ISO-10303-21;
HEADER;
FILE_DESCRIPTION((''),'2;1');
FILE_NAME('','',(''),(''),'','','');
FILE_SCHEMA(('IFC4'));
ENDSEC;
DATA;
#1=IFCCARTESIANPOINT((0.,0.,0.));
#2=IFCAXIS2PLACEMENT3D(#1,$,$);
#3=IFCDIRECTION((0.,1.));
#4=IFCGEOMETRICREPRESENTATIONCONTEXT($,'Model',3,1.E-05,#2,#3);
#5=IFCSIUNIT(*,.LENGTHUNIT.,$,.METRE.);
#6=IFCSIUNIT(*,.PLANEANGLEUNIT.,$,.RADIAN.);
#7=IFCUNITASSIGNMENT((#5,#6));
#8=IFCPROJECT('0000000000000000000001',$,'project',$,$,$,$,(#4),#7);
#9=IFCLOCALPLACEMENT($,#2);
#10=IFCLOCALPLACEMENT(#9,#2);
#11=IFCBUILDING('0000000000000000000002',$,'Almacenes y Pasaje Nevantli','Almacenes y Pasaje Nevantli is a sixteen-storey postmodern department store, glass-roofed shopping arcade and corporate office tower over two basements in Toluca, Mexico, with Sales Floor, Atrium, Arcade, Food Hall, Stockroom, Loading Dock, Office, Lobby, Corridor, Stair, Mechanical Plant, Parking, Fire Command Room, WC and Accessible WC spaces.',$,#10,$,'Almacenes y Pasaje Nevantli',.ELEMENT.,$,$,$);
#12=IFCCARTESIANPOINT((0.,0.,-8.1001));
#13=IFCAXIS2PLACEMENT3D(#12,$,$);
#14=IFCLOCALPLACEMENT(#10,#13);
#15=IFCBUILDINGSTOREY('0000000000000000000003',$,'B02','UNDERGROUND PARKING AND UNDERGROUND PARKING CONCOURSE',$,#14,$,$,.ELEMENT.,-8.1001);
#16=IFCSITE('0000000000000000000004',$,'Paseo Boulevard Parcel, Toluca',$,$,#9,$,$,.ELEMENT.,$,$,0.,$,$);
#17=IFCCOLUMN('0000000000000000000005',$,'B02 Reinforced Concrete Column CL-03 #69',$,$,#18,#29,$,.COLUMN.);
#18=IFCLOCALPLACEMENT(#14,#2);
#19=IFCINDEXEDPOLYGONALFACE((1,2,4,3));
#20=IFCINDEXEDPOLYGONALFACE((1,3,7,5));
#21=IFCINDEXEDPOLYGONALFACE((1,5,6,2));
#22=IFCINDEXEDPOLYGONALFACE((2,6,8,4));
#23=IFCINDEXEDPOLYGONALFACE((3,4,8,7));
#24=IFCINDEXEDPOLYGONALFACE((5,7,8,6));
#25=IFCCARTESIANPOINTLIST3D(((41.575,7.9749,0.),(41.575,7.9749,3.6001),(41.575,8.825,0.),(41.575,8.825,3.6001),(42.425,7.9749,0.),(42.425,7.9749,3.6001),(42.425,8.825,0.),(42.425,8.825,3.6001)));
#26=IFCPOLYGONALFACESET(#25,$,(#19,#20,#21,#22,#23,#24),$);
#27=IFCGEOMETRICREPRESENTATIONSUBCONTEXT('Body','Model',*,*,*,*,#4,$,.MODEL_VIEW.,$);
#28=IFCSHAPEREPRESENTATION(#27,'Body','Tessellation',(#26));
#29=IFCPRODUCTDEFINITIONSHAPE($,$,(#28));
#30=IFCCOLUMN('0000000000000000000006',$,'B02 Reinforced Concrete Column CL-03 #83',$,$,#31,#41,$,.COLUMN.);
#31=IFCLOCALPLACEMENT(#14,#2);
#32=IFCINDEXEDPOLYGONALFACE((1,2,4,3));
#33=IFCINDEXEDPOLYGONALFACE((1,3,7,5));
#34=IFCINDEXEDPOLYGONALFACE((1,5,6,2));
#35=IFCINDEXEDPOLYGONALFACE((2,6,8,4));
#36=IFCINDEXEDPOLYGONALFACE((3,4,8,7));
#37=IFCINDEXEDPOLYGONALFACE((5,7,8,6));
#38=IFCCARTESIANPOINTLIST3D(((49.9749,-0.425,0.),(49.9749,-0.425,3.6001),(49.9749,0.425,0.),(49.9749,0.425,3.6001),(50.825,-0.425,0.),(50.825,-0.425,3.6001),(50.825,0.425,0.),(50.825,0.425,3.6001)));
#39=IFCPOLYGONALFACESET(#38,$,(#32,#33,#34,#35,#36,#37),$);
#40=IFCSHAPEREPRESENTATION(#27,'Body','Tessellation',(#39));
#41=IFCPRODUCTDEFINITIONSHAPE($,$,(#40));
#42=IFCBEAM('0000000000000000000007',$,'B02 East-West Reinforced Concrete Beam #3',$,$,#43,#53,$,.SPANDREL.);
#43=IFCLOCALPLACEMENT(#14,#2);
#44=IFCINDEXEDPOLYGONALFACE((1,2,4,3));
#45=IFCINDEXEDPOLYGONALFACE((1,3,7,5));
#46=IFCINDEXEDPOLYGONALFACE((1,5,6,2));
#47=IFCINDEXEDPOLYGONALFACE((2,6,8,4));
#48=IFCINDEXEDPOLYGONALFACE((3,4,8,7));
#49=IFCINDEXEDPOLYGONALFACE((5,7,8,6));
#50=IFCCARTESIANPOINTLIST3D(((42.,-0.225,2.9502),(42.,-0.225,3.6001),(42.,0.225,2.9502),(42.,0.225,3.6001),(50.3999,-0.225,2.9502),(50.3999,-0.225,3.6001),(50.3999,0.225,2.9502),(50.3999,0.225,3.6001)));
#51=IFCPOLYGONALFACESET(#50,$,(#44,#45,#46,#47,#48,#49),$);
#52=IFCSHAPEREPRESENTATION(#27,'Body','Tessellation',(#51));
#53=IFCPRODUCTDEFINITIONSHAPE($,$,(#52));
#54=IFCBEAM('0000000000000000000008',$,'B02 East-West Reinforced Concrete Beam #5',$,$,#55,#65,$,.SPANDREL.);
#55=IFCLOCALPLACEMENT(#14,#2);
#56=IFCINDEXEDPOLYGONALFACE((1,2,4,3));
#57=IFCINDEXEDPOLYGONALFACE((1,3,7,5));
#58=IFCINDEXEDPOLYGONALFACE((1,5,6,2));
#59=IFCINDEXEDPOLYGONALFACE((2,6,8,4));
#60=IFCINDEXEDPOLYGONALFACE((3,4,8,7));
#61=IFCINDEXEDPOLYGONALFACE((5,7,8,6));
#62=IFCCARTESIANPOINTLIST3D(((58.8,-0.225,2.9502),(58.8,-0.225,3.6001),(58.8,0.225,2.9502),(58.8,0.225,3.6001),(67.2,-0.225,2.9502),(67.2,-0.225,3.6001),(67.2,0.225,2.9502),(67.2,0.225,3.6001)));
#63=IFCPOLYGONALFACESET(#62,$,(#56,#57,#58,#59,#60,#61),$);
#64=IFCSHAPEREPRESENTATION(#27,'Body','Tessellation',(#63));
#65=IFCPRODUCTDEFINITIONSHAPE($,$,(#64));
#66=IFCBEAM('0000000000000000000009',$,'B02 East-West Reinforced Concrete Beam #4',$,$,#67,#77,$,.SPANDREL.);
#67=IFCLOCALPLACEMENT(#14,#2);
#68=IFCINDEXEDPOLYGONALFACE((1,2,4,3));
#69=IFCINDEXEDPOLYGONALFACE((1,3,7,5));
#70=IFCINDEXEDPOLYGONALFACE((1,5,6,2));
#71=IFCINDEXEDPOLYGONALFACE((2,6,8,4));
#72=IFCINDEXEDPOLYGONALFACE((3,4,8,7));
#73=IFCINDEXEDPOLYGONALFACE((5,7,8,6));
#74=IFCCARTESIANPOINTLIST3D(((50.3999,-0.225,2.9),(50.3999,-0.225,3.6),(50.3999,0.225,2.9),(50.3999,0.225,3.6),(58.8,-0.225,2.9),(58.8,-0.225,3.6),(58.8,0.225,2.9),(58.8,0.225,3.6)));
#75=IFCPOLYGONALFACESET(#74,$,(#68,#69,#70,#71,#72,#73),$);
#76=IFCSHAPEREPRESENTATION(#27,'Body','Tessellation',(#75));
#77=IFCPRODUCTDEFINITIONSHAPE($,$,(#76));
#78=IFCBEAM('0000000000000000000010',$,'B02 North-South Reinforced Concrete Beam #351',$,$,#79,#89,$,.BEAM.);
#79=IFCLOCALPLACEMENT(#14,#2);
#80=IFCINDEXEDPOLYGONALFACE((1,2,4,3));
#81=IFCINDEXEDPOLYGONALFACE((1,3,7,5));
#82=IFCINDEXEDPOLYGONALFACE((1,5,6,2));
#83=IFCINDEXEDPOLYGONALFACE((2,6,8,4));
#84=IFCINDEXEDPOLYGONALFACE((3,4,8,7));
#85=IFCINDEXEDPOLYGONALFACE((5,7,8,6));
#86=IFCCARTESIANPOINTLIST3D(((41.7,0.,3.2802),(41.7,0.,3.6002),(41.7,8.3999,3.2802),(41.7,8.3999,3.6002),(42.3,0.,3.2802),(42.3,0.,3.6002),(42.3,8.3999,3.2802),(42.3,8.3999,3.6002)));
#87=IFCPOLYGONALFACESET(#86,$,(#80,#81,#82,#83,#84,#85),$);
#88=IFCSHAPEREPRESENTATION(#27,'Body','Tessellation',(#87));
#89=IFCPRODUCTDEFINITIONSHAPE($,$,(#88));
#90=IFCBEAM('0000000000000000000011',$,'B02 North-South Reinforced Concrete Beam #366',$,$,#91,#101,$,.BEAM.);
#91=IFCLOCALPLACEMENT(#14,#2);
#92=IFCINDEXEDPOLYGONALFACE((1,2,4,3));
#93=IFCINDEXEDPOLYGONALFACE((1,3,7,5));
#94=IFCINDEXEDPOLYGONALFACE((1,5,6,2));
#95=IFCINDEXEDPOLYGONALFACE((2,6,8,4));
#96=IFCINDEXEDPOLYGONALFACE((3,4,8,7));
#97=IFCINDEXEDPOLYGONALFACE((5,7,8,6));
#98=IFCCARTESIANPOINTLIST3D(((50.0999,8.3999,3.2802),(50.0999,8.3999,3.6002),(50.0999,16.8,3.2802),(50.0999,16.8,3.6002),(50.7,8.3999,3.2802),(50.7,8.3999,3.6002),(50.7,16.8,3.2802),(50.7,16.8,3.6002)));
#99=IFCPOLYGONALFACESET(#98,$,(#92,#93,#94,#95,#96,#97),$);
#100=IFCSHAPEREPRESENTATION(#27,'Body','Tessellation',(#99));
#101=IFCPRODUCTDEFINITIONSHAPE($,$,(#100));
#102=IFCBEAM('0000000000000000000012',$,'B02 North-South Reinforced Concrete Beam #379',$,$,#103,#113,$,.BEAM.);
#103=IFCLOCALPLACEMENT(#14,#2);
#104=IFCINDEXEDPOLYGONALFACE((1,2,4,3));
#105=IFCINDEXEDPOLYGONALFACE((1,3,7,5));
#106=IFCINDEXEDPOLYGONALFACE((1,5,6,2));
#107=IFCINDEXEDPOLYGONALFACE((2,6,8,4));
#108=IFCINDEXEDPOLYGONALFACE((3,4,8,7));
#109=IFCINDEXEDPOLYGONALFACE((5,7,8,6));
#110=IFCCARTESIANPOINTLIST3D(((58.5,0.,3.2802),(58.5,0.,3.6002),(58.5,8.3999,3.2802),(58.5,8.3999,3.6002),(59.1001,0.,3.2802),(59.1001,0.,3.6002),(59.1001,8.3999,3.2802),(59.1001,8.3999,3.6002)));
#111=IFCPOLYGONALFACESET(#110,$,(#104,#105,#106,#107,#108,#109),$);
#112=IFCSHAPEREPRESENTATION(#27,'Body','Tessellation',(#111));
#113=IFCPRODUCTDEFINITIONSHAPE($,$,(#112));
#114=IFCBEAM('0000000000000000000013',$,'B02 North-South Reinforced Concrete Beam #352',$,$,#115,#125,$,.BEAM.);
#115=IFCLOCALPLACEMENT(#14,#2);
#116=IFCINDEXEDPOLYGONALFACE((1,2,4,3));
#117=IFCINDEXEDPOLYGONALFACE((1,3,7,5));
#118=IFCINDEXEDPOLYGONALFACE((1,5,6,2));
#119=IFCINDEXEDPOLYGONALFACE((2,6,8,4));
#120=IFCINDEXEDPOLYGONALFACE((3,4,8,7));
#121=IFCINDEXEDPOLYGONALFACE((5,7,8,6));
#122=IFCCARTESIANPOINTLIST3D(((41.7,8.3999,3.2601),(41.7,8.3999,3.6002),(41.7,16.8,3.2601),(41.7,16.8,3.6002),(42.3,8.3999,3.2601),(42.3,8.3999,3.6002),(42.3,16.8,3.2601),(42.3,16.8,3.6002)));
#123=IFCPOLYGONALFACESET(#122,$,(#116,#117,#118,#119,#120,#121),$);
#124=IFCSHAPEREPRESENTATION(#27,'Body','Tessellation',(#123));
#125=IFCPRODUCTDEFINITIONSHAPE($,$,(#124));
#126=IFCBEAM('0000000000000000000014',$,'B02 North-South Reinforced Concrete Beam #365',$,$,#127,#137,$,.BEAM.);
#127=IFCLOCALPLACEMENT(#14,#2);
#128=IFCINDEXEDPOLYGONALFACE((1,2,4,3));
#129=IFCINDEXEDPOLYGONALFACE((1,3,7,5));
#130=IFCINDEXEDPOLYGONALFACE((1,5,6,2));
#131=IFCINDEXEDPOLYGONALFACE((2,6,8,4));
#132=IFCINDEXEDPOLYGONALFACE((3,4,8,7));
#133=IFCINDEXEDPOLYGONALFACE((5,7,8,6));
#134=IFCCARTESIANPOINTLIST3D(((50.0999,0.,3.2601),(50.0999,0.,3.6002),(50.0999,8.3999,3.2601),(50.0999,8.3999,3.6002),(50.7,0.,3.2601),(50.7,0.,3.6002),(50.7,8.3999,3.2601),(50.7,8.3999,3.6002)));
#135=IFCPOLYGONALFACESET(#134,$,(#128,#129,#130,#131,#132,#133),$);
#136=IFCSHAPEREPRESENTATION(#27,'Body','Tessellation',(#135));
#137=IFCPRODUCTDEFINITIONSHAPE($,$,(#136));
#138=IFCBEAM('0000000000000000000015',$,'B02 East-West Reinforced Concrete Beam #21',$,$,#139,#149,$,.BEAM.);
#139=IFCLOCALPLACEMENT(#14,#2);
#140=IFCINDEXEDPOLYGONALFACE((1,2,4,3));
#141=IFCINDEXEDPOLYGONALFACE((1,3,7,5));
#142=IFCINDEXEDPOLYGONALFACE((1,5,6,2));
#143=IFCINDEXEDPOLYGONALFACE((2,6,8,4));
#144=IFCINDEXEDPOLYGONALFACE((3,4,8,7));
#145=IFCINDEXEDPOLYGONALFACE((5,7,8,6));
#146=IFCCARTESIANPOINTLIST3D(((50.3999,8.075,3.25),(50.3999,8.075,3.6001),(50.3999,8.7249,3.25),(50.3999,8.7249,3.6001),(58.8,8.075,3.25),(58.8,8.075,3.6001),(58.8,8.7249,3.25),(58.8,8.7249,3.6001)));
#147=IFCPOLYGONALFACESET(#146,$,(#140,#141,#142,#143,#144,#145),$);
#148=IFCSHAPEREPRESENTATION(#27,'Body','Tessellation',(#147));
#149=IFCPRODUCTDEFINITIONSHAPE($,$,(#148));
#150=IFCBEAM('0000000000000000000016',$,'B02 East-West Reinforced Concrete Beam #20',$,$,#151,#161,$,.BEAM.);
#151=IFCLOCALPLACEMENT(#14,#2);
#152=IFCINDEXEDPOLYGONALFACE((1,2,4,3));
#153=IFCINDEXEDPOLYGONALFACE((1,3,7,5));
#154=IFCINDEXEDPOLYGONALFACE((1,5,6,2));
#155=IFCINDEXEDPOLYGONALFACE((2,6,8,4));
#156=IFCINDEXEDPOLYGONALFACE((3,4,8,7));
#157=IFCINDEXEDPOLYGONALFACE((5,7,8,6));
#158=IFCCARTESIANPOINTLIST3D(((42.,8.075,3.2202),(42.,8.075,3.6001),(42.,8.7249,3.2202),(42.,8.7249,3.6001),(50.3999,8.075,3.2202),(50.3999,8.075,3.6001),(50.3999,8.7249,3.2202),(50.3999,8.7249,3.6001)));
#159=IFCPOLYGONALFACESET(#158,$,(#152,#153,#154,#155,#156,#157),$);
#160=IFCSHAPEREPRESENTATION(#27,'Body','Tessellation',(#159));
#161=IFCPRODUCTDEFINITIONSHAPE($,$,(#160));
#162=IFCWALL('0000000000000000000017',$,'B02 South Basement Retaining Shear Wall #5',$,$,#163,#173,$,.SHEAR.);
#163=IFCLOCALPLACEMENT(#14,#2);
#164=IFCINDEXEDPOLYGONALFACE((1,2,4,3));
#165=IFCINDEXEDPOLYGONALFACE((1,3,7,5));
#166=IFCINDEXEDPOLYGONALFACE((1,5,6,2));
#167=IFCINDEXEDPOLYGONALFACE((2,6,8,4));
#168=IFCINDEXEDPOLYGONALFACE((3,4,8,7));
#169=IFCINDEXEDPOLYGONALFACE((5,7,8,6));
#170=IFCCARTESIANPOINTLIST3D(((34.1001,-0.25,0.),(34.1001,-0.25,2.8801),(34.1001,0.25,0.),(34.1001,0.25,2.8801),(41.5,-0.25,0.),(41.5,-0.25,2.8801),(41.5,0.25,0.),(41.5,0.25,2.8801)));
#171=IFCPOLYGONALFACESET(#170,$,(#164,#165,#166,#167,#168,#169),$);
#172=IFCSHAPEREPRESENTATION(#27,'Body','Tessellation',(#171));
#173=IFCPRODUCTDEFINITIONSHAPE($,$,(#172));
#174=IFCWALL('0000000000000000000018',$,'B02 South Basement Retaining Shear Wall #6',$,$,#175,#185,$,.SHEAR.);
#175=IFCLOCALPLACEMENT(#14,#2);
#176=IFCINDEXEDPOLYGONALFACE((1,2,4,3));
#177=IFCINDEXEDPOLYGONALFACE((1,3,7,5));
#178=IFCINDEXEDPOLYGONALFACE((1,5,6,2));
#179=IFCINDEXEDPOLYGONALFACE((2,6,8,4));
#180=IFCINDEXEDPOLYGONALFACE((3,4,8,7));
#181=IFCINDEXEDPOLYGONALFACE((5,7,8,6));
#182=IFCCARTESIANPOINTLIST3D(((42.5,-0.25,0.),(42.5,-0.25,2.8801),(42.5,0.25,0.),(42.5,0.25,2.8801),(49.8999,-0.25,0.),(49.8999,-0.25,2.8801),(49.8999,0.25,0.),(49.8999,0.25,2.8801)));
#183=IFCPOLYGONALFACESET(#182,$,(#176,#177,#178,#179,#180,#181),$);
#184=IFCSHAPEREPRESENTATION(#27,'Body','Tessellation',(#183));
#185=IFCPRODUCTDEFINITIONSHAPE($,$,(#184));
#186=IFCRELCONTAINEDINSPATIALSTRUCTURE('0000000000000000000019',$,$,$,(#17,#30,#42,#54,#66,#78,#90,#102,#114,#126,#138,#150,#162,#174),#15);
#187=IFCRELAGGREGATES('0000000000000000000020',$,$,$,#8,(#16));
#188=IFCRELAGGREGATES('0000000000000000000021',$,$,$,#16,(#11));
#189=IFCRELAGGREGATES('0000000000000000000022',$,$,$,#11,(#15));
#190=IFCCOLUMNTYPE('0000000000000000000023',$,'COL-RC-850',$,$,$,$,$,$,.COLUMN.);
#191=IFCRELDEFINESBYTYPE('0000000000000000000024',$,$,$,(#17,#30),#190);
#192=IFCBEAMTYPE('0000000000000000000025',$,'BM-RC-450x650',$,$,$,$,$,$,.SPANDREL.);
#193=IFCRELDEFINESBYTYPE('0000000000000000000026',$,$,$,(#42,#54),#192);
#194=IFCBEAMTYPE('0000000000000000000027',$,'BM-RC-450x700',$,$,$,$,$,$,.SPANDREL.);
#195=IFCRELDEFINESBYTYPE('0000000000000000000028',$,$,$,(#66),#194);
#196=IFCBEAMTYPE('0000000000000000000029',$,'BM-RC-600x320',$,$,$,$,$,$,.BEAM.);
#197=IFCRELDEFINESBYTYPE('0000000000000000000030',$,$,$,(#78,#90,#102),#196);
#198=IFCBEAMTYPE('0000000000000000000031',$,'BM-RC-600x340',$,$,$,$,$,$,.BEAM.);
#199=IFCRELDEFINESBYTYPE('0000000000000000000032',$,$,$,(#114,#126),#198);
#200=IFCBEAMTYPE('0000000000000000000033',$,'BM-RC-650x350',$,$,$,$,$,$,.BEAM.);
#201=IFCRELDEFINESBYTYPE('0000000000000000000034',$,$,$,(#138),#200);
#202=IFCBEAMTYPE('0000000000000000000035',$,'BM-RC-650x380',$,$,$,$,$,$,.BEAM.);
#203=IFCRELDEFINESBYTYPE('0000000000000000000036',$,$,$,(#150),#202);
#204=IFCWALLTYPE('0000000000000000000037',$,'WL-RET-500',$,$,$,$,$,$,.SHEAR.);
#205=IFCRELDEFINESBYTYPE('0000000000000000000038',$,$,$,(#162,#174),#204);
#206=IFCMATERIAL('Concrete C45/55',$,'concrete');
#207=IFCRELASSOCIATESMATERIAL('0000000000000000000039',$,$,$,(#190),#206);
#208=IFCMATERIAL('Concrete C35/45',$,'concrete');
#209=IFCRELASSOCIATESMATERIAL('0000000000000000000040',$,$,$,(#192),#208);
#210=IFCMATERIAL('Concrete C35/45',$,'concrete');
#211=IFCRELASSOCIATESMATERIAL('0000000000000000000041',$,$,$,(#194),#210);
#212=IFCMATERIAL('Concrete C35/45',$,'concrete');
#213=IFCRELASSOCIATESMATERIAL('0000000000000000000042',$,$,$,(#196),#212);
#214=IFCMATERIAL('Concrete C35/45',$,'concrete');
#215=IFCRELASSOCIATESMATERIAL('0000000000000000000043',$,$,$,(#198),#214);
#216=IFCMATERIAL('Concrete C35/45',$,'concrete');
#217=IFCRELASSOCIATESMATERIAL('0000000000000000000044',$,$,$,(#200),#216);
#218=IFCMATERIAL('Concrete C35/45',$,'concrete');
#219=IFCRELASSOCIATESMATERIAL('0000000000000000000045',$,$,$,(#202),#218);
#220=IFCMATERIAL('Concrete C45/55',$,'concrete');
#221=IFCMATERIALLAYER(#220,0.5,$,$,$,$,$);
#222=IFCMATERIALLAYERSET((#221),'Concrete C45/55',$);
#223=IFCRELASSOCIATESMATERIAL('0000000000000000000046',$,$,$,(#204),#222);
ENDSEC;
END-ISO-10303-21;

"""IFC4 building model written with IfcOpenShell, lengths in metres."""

from ifc_helpers import new_model, si_unit, direction, frame, frame_2d, origin, origin_2d, place, context, subcontext, project, spatial, rectangle, extrude, material, layer, layer_set, material_profile, profile_set, type_object, element, save


model = new_model("IFC4")

# Units and contexts
model_context = context("Model", 3, precision=1e-05, world=origin(), true_north=direction((0.0, 1.0)))
body_context = subcontext(model_context, "Body", "Model", "MODEL_VIEW")
ifc_project = project(units=[si_unit("LENGTHUNIT", "METRE"), si_unit("PLANEANGLEUNIT", "RADIAN")], contexts=[model_context])

# Site, building, storey
site_placement = place(None, origin())
site = spatial("IfcSite", under=ifc_project, at=site_placement, Name="Paseo Boulevard Parcel, Toluca", CompositionType="ELEMENT", RefElevation=0.0)
building_placement = place(site_placement, origin())
building = spatial("IfcBuilding", under=site, at=building_placement, Name="Almacenes y Pasaje Nevantli", Description="Almacenes y Pasaje Nevantli is a sixteen-storey postmodern department store, glass-roofed shopping arcade and corporate office tower over two basements in Toluca, Mexico, with Sales Floor, Atrium, Arcade, Food Hall, Stockroom, Loading Dock, Office, Lobby, Corridor, Stair, Mechanical Plant, Parking, Fire Command Room, WC and Accessible WC spaces.", LongName="Almacenes y Pasaje Nevantli", CompositionType="ELEMENT")
storey_placement = place(building_placement, frame((0.0, 0.0, -8.1001)))
storey = spatial("IfcBuildingStorey", under=building, at=storey_placement, Name="B02", Description="UNDERGROUND PARKING AND UNDERGROUND PARKING CONCOURSE", CompositionType="ELEMENT", Elevation=-8.1001)

# Columns
ifc_material_1 = material(Name="Concrete C45/55", Category="concrete")
ifc_material_profile_1 = material_profile(ifc_material_1, rectangle(XDim=0.8501, YDim=0.8501, at=origin_2d()), Name="RC-COL-850x850")
ifc_profile_set_1 = profile_set([ifc_material_profile_1], Name="Concrete C45/55")
column_type_1 = type_object("IfcColumnType", Name="COL-RC-850", PredefinedType="COLUMN", material=ifc_profile_set_1)
for number, where, z_axis, x_axis, name in (
    (1, (42.0, 8.3999, 0.0), (0.0, 0.0, 1.0), (1.0, 0.0, 0.0), "B02 Reinforced Concrete Column CL-03 #69"),
    (2, (50.3999, 0.0, 0.0), (0.0, 0.0, 1.0), (1.0, 0.0, 0.0), "B02 Reinforced Concrete Column CL-03 #83"),
):
    element("IfcColumn", number, at=place(storey_placement, frame(where, z_axis=z_axis, x_axis=x_axis)), inside=storey, type_object=column_type_1, Name=name, PredefinedType="COLUMN", context=body_context, shape_type="SweptSolid", body=[
        extrude(rectangle(XDim=0.8501, YDim=0.8501, at=origin_2d()), origin(), (0.0, 0.0, 1.0), 3.6001),
    ])

# Beams
ifc_material_2 = material(Name="Concrete C35/45", Category="concrete")
ifc_material_profile_2 = material_profile(ifc_material_2, rectangle(XDim=0.45, YDim=0.6499, at=origin_2d()), Name="RC-BM-450x650")
ifc_profile_set_2 = profile_set([ifc_material_profile_2], Name="Concrete C35/45")
beam_type_1 = type_object("IfcBeamType", Name="BM-RC-450x650", PredefinedType="SPANDREL", material=ifc_profile_set_2)
for number, where, z_axis, x_axis, name in (
    (3, (42.0, 0.0, 3.2751), (1.0, 0.0, 0.0), (0.0, 1.0, 0.0), "B02 East-West Reinforced Concrete Beam #3"),
    (4, (58.8, 0.0, 3.2751), (1.0, 0.0, 0.0), (0.0, 1.0, 0.0), "B02 East-West Reinforced Concrete Beam #5"),
):
    element("IfcBeam", number, at=place(storey_placement, frame(where, z_axis=z_axis, x_axis=x_axis)), inside=storey, type_object=beam_type_1, Name=name, PredefinedType="SPANDREL", context=body_context, shape_type="SweptSolid", body=[
        extrude(rectangle(XDim=0.45, YDim=0.6499, at=origin_2d()), origin(), (0.0, 0.0, 1.0), 8.3999),
    ])
ifc_material_3 = material(Name="Concrete C35/45", Category="concrete")
ifc_material_profile_3 = material_profile(ifc_material_3, rectangle(XDim=0.45, YDim=0.7, at=origin_2d()), Name="RC-BM-450x700")
ifc_profile_set_3 = profile_set([ifc_material_profile_3], Name="Concrete C35/45")
beam_type_2 = type_object("IfcBeamType", Name="BM-RC-450x700", PredefinedType="SPANDREL", material=ifc_profile_set_3)
beam_1_placement = place(storey_placement, frame((50.3999, 0.0, 3.25), z_axis=(1.0, 0.0, 0.0), x_axis=(0.0, 1.0, 0.0)))
element("IfcBeam", 5, at=beam_1_placement, inside=storey, type_object=beam_type_2, Name="B02 East-West Reinforced Concrete Beam #4", PredefinedType="SPANDREL", context=body_context, shape_type="SweptSolid", body=[
    extrude(rectangle(XDim=0.45, YDim=0.7, at=origin_2d()), origin(), (0.0, 0.0, 1.0), 8.4001),
])
ifc_material_4 = material(Name="Concrete C35/45", Category="concrete")
ifc_material_profile_4 = material_profile(ifc_material_4, rectangle(XDim=0.6001, YDim=0.3201, at=origin_2d()), Name="RC-BM-600x320")
ifc_profile_set_4 = profile_set([ifc_material_profile_4], Name="Concrete C35/45")
beam_type_3 = type_object("IfcBeamType", Name="BM-RC-600x320", PredefinedType="BEAM", material=ifc_profile_set_4)
beam_2_placement = place(storey_placement, frame((42.0, 0.0, 3.4402), z_axis=(0.0, 1.0, 0.0), x_axis=(-1.0, 0.0, 0.0)))
element("IfcBeam", 6, at=beam_2_placement, inside=storey, type_object=beam_type_3, Name="B02 North-South Reinforced Concrete Beam #351", PredefinedType="BEAM", context=body_context, shape_type="SweptSolid", body=[
    extrude(rectangle(XDim=0.6001, YDim=0.3201, at=origin_2d()), origin(), (0.0, 0.0, 1.0), 8.3999),
])
beam_3_placement = place(storey_placement, frame((50.3999, 8.3999, 3.4402), z_axis=(0.0, 1.0, 0.0), x_axis=(-1.0, 0.0, 0.0)))
element("IfcBeam", 7, at=beam_3_placement, inside=storey, type_object=beam_type_3, Name="B02 North-South Reinforced Concrete Beam #366", PredefinedType="BEAM", context=body_context, shape_type="SweptSolid", body=[
    extrude(rectangle(XDim=0.6001, YDim=0.3201, at=origin_2d()), origin(), (0.0, 0.0, 1.0), 8.4001),
])
beam_4_placement = place(storey_placement, frame((58.8, 0.0, 3.4402), z_axis=(0.0, 1.0, 0.0), x_axis=(-1.0, 0.0, 0.0)))
element("IfcBeam", 8, at=beam_4_placement, inside=storey, type_object=beam_type_3, Name="B02 North-South Reinforced Concrete Beam #379", PredefinedType="BEAM", context=body_context, shape_type="SweptSolid", body=[
    extrude(rectangle(XDim=0.6001, YDim=0.3201, at=origin_2d()), origin(), (0.0, 0.0, 1.0), 8.3999),
])
ifc_material_5 = material(Name="Concrete C35/45", Category="concrete")
ifc_material_profile_5 = material_profile(ifc_material_5, rectangle(XDim=0.6001, YDim=0.3401, at=origin_2d()), Name="RC-BM-600x340")
ifc_profile_set_5 = profile_set([ifc_material_profile_5], Name="Concrete C35/45")
beam_type_4 = type_object("IfcBeamType", Name="BM-RC-600x340", PredefinedType="BEAM", material=ifc_profile_set_5)
beam_5_placement = place(storey_placement, frame((42.0, 8.3999, 3.4302), z_axis=(0.0, 1.0, 0.0), x_axis=(-1.0, 0.0, 0.0)))
element("IfcBeam", 9, at=beam_5_placement, inside=storey, type_object=beam_type_4, Name="B02 North-South Reinforced Concrete Beam #352", PredefinedType="BEAM", context=body_context, shape_type="SweptSolid", body=[
    extrude(rectangle(XDim=0.6001, YDim=0.3401, at=origin_2d()), origin(), (0.0, 0.0, 1.0), 8.4001),
])
beam_6_placement = place(storey_placement, frame((50.3999, 0.0, 3.4302), z_axis=(0.0, 1.0, 0.0), x_axis=(-1.0, 0.0, 0.0)))
element("IfcBeam", 10, at=beam_6_placement, inside=storey, type_object=beam_type_4, Name="B02 North-South Reinforced Concrete Beam #365", PredefinedType="BEAM", context=body_context, shape_type="SweptSolid", body=[
    extrude(rectangle(XDim=0.6001, YDim=0.3401, at=origin_2d()), origin(), (0.0, 0.0, 1.0), 8.3999),
])
ifc_material_6 = material(Name="Concrete C35/45", Category="concrete")
ifc_material_profile_6 = material_profile(ifc_material_6, rectangle(XDim=0.6499, YDim=0.3501, at=origin_2d()), Name="RC-BM-650x350")
ifc_profile_set_6 = profile_set([ifc_material_profile_6], Name="Concrete C35/45")
beam_type_5 = type_object("IfcBeamType", Name="BM-RC-650x350", PredefinedType="BEAM", material=ifc_profile_set_6)
beam_7_placement = place(storey_placement, frame((50.3999, 8.3999, 3.425), z_axis=(1.0, 0.0, 0.0), x_axis=(0.0, 1.0, 0.0)))
element("IfcBeam", 11, at=beam_7_placement, inside=storey, type_object=beam_type_5, Name="B02 East-West Reinforced Concrete Beam #21", PredefinedType="BEAM", context=body_context, shape_type="SweptSolid", body=[
    extrude(rectangle(XDim=0.6499, YDim=0.3501, at=origin_2d()), origin(), (0.0, 0.0, 1.0), 8.4001),
])
ifc_material_7 = material(Name="Concrete C35/45", Category="concrete")
ifc_material_profile_7 = material_profile(ifc_material_7, rectangle(XDim=0.6499, YDim=0.3799, at=origin_2d()), Name="RC-BM-650x380")
ifc_profile_set_7 = profile_set([ifc_material_profile_7], Name="Concrete C35/45")
beam_type_6 = type_object("IfcBeamType", Name="BM-RC-650x380", PredefinedType="BEAM", material=ifc_profile_set_7)
beam_8_placement = place(storey_placement, frame((42.0, 8.3999, 3.4102), z_axis=(1.0, 0.0, 0.0), x_axis=(0.0, 1.0, 0.0)))
element("IfcBeam", 12, at=beam_8_placement, inside=storey, type_object=beam_type_6, Name="B02 East-West Reinforced Concrete Beam #20", PredefinedType="BEAM", context=body_context, shape_type="SweptSolid", body=[
    extrude(rectangle(XDim=0.6499, YDim=0.3799, at=origin_2d()), origin(), (0.0, 0.0, 1.0), 8.3999),
])

# Walls
ifc_material_8 = material(Name="Concrete C45/55", Category="concrete")
ifc_layer_1 = layer(ifc_material_8, 0.5)
ifc_layer_set_1 = layer_set([ifc_layer_1], Name="Concrete C45/55")
wall_type = type_object("IfcWallType", Name="WL-RET-500", PredefinedType="SHEAR", material=ifc_layer_set_1)
for number, where, z_axis, x_axis, name in (
    (13, (34.1001, 0.0, 0.0), (0.0, 0.0, 1.0), (1.0, 0.0, 0.0), "B02 South Basement Retaining Shear Wall #5"),
    (14, (42.5, 0.0, 0.0), (0.0, 0.0, 1.0), (1.0, 0.0, 0.0), "B02 South Basement Retaining Shear Wall #6"),
):
    element("IfcWall", number, at=place(storey_placement, frame(where, z_axis=z_axis, x_axis=x_axis)), inside=storey, type_object=wall_type, Name=name, PredefinedType="SHEAR", context=body_context, shape_type="SweptSolid", body=[
        extrude(rectangle(XDim=7.3999, YDim=0.5, at=frame_2d((3.7, 0.0))), origin(), (0.0, 0.0, 1.0), 2.8801),
    ])

save(model, "model.ifc")
